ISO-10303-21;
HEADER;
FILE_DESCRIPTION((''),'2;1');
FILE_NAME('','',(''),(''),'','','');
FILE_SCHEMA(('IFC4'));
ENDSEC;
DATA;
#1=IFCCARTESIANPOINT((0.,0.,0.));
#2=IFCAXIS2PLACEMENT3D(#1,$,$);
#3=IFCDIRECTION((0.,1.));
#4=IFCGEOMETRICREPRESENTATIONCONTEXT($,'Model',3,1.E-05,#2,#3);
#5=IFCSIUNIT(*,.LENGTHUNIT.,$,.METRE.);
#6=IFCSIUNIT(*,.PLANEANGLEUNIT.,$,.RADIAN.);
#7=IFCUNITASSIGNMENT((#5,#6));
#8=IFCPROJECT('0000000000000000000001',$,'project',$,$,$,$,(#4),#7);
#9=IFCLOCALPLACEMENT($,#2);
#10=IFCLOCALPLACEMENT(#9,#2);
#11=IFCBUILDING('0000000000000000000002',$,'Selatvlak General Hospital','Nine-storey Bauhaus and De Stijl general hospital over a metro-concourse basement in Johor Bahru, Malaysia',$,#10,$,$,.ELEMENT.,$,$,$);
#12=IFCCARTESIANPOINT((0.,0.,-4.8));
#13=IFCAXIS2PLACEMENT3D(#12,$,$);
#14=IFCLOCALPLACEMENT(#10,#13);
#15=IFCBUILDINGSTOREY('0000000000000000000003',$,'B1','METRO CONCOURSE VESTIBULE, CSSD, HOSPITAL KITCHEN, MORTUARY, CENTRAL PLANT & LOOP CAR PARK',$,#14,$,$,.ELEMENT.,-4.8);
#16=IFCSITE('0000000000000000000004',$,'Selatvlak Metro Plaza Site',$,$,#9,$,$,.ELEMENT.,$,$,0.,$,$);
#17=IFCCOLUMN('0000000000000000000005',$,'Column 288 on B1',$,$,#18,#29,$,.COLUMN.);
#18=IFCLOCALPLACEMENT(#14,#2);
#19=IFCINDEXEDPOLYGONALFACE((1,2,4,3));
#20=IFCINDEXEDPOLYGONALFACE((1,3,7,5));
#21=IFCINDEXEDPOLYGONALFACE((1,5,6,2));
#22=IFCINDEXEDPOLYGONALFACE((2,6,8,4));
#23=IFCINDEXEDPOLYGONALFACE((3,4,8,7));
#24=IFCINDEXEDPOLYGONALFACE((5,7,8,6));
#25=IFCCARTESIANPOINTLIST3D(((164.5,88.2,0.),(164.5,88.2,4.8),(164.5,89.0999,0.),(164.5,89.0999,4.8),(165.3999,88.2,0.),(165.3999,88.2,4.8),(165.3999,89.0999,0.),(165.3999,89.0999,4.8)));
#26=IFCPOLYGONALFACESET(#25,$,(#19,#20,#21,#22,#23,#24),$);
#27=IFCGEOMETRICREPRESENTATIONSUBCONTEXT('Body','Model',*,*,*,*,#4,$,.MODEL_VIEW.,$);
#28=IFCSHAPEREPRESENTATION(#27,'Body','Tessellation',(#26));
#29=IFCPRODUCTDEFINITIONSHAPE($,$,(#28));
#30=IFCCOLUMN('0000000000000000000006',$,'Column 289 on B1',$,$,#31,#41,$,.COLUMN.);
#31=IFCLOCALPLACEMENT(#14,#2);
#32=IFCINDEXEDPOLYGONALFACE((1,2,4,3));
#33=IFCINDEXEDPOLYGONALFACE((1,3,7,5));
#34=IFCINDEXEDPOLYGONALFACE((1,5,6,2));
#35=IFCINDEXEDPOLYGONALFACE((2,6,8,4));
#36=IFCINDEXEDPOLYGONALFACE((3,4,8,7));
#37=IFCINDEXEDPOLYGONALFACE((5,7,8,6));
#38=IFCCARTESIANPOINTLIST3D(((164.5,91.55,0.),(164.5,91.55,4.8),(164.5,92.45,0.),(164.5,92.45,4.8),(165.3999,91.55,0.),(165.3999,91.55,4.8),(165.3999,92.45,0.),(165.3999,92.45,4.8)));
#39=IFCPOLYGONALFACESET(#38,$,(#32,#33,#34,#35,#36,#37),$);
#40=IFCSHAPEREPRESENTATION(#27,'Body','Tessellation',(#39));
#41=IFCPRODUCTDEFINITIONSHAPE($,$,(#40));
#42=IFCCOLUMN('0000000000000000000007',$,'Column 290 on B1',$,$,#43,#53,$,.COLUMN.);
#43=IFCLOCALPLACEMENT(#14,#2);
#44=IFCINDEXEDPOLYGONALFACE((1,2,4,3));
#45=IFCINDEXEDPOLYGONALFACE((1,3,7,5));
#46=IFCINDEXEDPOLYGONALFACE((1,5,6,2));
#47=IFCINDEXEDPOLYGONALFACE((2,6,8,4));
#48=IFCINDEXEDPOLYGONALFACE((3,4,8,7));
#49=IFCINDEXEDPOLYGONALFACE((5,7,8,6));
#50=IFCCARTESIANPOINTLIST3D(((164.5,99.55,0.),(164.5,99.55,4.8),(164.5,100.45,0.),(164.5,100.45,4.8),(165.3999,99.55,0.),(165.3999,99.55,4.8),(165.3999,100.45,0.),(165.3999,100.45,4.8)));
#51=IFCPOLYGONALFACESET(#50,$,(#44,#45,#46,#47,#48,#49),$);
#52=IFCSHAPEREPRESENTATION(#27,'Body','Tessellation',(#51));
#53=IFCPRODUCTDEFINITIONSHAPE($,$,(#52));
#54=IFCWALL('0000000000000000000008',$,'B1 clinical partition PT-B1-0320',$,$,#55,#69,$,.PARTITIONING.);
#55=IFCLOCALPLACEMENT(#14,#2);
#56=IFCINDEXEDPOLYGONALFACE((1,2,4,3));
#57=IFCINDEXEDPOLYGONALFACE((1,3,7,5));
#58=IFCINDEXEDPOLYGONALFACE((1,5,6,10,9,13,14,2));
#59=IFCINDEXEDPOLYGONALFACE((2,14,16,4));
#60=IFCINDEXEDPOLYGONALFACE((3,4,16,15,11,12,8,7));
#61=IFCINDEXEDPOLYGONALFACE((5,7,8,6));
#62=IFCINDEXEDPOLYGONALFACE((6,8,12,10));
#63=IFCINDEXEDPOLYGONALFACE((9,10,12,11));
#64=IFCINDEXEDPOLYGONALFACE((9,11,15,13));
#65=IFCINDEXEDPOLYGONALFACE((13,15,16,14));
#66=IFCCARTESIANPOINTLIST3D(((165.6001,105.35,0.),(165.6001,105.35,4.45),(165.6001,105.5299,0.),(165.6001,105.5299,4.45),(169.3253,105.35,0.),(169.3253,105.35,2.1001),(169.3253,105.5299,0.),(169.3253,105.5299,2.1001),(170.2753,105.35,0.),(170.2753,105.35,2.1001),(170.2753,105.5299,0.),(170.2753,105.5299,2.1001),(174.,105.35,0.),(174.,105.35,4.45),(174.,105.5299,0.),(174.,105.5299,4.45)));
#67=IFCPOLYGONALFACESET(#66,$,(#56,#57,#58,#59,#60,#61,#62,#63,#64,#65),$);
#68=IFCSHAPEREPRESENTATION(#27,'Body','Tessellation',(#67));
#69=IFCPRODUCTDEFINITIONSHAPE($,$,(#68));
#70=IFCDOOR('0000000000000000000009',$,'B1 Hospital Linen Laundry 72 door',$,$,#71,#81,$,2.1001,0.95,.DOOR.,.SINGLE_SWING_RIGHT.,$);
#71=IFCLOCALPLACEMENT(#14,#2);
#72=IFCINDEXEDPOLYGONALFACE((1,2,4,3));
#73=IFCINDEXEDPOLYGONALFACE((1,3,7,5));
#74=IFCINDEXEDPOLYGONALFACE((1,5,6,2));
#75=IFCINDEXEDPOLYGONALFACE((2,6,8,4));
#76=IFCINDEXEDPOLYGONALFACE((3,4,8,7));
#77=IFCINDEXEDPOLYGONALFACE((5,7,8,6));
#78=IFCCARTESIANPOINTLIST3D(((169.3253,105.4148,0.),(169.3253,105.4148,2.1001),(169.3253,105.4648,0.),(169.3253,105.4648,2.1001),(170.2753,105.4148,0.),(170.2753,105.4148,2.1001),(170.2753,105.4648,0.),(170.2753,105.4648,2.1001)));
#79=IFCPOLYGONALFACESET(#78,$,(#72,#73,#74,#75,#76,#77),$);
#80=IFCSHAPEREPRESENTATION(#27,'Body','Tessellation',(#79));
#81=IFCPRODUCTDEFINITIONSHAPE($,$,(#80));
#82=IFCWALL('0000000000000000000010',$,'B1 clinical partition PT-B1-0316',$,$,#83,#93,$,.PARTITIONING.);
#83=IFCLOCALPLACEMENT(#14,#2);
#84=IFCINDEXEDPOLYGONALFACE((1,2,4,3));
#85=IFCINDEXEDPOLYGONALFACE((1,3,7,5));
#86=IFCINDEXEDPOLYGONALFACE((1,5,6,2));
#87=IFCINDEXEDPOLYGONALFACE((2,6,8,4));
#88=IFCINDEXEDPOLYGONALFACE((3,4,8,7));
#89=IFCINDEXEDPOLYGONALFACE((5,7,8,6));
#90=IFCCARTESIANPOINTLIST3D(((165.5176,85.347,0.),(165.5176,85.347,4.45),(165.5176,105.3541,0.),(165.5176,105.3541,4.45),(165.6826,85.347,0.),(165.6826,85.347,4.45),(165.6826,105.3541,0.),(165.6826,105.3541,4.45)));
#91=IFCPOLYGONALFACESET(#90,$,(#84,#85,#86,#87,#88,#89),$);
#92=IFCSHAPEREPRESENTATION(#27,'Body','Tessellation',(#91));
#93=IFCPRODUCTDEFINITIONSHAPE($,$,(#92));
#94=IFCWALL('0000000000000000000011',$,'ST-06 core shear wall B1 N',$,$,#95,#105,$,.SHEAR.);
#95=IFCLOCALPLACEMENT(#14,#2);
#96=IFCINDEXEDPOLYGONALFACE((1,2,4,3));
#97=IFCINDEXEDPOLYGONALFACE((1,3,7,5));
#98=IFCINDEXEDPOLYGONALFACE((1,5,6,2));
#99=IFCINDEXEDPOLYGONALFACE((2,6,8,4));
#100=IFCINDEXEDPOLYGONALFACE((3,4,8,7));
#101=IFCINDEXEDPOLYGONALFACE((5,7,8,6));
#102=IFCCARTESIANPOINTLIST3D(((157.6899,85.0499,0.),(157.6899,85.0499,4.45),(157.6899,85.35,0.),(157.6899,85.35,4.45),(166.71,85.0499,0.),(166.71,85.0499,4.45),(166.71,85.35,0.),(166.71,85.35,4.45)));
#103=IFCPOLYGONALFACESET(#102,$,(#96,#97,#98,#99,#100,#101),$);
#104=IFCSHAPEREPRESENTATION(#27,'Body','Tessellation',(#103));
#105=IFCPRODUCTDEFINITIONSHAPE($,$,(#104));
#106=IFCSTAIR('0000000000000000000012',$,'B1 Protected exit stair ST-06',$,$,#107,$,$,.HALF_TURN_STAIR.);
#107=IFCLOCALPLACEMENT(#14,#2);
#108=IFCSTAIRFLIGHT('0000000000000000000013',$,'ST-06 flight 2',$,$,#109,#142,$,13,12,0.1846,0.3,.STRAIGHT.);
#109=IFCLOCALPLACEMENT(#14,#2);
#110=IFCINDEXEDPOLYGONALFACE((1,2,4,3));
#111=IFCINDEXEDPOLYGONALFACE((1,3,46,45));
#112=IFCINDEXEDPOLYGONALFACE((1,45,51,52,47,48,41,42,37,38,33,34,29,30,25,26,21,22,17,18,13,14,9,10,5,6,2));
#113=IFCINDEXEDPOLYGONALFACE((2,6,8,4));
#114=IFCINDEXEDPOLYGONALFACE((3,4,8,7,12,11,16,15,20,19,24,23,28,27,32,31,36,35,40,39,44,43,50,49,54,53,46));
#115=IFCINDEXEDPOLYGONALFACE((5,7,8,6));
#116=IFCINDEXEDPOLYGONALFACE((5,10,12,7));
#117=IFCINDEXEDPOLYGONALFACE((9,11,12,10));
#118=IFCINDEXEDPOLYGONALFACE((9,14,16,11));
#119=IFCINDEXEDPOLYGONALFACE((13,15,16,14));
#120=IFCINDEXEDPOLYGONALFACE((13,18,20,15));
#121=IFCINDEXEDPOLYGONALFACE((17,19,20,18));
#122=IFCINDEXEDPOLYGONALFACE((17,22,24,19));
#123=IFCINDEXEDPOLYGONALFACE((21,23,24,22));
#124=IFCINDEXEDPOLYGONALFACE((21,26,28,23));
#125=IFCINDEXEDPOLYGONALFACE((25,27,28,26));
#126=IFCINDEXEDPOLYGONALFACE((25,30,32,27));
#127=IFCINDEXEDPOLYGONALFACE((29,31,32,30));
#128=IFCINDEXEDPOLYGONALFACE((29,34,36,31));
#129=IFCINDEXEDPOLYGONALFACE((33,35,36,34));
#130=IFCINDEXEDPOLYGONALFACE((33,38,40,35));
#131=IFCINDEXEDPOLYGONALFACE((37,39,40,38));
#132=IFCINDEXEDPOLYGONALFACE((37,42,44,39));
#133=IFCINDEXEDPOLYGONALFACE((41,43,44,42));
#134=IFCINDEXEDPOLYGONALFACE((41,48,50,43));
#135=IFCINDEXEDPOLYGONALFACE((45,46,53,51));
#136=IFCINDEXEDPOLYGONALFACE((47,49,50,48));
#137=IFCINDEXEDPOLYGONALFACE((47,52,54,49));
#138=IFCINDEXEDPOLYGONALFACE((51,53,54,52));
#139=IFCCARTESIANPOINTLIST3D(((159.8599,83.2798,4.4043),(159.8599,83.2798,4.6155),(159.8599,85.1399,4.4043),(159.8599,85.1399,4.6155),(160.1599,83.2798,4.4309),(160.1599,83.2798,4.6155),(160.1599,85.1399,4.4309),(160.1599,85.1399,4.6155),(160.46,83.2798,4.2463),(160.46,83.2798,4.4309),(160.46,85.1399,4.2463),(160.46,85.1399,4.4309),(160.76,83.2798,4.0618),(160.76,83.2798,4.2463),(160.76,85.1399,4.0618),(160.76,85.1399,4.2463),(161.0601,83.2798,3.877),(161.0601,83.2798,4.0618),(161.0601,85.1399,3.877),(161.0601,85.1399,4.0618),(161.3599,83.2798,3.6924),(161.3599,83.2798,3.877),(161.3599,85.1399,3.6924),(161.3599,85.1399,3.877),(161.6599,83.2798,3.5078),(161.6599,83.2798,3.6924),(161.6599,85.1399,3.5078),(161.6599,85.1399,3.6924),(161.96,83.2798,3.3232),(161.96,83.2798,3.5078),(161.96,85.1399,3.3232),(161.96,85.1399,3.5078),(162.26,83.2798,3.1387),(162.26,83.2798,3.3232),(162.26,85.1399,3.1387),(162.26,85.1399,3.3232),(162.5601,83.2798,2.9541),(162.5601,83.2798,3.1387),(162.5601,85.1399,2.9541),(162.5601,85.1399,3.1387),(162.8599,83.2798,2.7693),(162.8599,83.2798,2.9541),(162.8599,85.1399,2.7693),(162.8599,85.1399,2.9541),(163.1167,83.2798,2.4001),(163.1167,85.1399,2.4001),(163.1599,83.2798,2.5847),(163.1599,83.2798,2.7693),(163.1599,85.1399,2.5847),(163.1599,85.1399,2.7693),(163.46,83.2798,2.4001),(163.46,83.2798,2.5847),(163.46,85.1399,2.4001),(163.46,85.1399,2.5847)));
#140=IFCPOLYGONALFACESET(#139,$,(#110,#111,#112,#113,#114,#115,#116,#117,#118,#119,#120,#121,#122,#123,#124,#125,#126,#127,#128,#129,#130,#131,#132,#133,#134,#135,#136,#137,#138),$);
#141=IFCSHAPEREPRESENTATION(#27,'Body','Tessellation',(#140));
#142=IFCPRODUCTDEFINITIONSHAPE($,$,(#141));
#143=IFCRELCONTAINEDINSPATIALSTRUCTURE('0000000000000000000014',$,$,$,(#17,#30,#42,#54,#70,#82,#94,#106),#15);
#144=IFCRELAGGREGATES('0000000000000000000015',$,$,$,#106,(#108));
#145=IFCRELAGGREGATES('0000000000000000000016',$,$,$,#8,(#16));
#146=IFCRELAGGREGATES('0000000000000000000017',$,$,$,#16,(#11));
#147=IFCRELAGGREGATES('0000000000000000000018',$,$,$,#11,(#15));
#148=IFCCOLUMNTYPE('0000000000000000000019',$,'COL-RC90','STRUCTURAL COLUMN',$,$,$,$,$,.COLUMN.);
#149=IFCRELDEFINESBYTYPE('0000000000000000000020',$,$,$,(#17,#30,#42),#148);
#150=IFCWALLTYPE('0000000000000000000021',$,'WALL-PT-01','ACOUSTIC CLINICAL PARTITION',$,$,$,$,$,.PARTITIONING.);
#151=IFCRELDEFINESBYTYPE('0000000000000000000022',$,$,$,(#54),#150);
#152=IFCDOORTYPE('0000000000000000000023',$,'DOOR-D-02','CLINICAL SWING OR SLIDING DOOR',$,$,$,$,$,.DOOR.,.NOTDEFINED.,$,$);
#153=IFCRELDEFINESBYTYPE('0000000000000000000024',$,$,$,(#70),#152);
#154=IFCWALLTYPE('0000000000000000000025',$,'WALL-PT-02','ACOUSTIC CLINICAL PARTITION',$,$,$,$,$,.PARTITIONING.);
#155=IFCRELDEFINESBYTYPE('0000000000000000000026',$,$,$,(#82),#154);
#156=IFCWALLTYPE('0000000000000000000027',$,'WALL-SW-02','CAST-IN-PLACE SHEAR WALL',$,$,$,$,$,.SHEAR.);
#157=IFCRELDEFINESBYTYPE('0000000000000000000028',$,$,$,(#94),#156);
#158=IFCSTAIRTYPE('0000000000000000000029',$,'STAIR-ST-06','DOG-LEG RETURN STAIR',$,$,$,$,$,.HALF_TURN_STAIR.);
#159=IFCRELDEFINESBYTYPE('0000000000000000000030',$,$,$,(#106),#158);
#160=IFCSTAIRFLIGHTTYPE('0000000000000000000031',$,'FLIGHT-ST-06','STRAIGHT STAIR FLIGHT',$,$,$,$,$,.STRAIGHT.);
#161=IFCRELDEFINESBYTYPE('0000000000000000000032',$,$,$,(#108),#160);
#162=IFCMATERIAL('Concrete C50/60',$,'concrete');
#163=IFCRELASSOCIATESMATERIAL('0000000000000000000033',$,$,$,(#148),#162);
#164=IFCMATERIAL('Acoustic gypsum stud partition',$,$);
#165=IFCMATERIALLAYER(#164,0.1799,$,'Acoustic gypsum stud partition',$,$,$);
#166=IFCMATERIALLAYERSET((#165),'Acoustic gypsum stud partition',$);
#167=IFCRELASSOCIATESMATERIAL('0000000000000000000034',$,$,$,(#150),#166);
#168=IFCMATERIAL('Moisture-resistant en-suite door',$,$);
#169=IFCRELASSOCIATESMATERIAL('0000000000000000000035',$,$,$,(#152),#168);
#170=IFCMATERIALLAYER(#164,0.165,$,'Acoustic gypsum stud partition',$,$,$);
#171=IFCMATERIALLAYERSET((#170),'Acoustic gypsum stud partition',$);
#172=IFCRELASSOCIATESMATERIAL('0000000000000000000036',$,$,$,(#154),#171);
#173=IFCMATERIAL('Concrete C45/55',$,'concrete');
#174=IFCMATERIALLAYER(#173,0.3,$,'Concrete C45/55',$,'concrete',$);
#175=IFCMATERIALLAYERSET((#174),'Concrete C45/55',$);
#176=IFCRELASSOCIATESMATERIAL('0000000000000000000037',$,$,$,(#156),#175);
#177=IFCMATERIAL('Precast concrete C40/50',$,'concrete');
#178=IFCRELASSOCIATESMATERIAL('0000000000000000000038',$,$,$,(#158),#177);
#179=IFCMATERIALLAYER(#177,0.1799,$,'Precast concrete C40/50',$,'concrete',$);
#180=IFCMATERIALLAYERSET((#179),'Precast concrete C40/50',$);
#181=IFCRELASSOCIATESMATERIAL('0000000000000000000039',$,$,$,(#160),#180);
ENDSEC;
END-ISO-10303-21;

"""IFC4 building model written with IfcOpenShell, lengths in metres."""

from ifc_helpers import new_model, si_unit, direction, frame, frame_2d, origin, origin_2d, place, context, subcontext, project, spatial, polyline, rectangle, outline, extrude, material, layer, layer_set, material_profile, profile_set, type_object, element, fill, aggregate, save


model = new_model("IFC4")

# Units and contexts
model_context = context("Model", 3, precision=1e-05, world=origin(), true_north=direction((0.0, 1.0)))
body_context = subcontext(model_context, "Body", "Model", "MODEL_VIEW")
ifc_project = project(units=[si_unit("LENGTHUNIT", "METRE"), si_unit("PLANEANGLEUNIT", "RADIAN")], contexts=[model_context])

# Site, building, storey
site_placement = place(None, origin())
site = spatial("IfcSite", under=ifc_project, at=site_placement, Name="Selatvlak Metro Plaza Site", CompositionType="ELEMENT", RefElevation=0.0)
building_placement = place(site_placement, origin())
building = spatial("IfcBuilding", under=site, at=building_placement, Name="Selatvlak General Hospital", Description="Nine-storey Bauhaus and De Stijl general hospital over a metro-concourse basement in Johor Bahru, Malaysia", CompositionType="ELEMENT")
storey_placement = place(building_placement, frame((0.0, 0.0, -4.8)))
storey = spatial("IfcBuildingStorey", under=building, at=storey_placement, Name="B1", Description="METRO CONCOURSE VESTIBULE, CSSD, HOSPITAL KITCHEN, MORTUARY, CENTRAL PLANT & LOOP CAR PARK", CompositionType="ELEMENT", Elevation=-4.8)

# Columns
ifc_material_1 = material(Name="Concrete C50/60", Category="concrete")
ifc_material_profile_1 = material_profile(ifc_material_1, rectangle(XDim=0.8999, YDim=0.8999, at=origin_2d()), Name="RC-COL 900x900")
ifc_profile_set_1 = profile_set([ifc_material_profile_1], Name="Concrete C50/60")
column_type = type_object("IfcColumnType", Name="COL-RC90", Description="STRUCTURAL COLUMN", PredefinedType="COLUMN", material=ifc_profile_set_1)
for number, where, z_axis, x_axis, name in (
    (1, (164.95, 88.6499, 0.0), (0.0, 0.0, 1.0), (1.0, 0.0, 0.0), "Column 288 on B1"),
    (2, (164.95, 92.0, 0.0), (0.0, 0.0, 1.0), (1.0, 0.0, 0.0), "Column 289 on B1"),
    (3, (164.95, 100.0, 0.0), (0.0, 0.0, 1.0), (1.0, 0.0, 0.0), "Column 290 on B1"),
):
    element("IfcColumn", number, at=place(storey_placement, frame(where, z_axis=z_axis, x_axis=x_axis)), inside=storey, type_object=column_type, Name=name, PredefinedType="COLUMN", context=body_context, shape_type="SweptSolid", body=[
        extrude(rectangle(XDim=0.8999, YDim=0.8999, at=origin_2d()), origin(), (0.0, 0.0, 1.0), 4.8),
    ])

# Wall, opening, door
ifc_material_2 = material(Name="Acoustic gypsum stud partition")
ifc_layer_1 = layer(ifc_material_2, 0.1799, Name="Acoustic gypsum stud partition")
ifc_layer_set_1 = layer_set([ifc_layer_1], Name="Acoustic gypsum stud partition")
wall_type_1 = type_object("IfcWallType", Name="WALL-PT-01", Description="ACOUSTIC CLINICAL PARTITION", PredefinedType="PARTITIONING", material=ifc_layer_set_1)
wall_1_placement = place(storey_placement, frame((165.6001, 105.4399, 0.0), z_axis=(0.0, 0.0, 1.0), x_axis=(1.0, 0.0, 0.0)))
wall_1 = element("IfcWall", 4, at=wall_1_placement, inside=storey, type_object=wall_type_1, Name="B1 clinical partition PT-B1-0320", PredefinedType="PARTITIONING", context=body_context, shape_type="SweptSolid", body=[
    extrude(rectangle(XDim=8.3999, YDim=0.1799, at=frame_2d((4.2, 0.0))), origin(), (0.0, 0.0, 1.0), 4.45),
])
opening_1_placement = place(wall_1_placement, frame((3.7251, 0.0, 0.0)))
opening_1 = element("IfcOpeningElement", 5, at=opening_1_placement, cuts=wall_1, PredefinedType="OPENING", context=body_context, shape_type="SweptSolid", body=[
    extrude(rectangle(XDim=0.95, YDim=2.1001, at=frame_2d((0.4751, 1.05))), frame((0.0, 0.0999, 0.0), z_axis=(0.0, -1.0, 0.0), x_axis=(1.0, 0.0, 0.0)), (0.0, 0.0, 1.0), 0.2),
])
ifc_material_3 = material(Name="Moisture-resistant en-suite door")
door_type_1 = type_object("IfcDoorType", Name="DOOR-D-02", Description="CLINICAL SWING OR SLIDING DOOR", OperationType="NOTDEFINED", PredefinedType="DOOR", material=ifc_material_3)
door_1_placement = place(opening_1_placement, origin())
door_1 = element("IfcDoor", 6, at=door_1_placement, inside=storey, type_object=door_type_1, Name="B1 Hospital Linen Laundry 72 door", OperationType="SINGLE_SWING_RIGHT", OverallHeight=2.1001, OverallWidth=0.95, PredefinedType="DOOR", context=body_context, shape_type="SweptSolid", body=[
    extrude(rectangle(XDim=0.95, YDim=2.1001, at=frame_2d((0.4751, 1.05))), frame((0.0, 0.0249, 0.0), z_axis=(0.0, -1.0, 0.0), x_axis=(1.0, 0.0, 0.0)), (0.0, 0.0, 1.0), 0.05),
])
fill(opening_1, door_1)

# Walls
ifc_layer_2 = layer(ifc_material_2, 0.165, Name="Acoustic gypsum stud partition")
ifc_layer_set_2 = layer_set([ifc_layer_2], Name="Acoustic gypsum stud partition")
wall_type_2 = type_object("IfcWallType", Name="WALL-PT-02", Description="ACOUSTIC CLINICAL PARTITION", PredefinedType="PARTITIONING", material=ifc_layer_set_2)
wall_2_placement = place(storey_placement, frame((165.6001, 105.354, 0.0), z_axis=(0.0, 0.0, 1.0), x_axis=(0.0, -1.0, 0.0)))
element("IfcWall", 7, at=wall_2_placement, inside=storey, type_object=wall_type_2, Name="B1 clinical partition PT-B1-0316", PredefinedType="PARTITIONING", context=body_context, shape_type="SweptSolid", body=[
    extrude(rectangle(XDim=20.0071, YDim=0.165, at=frame_2d((10.0034, 0.0))), origin(), (0.0, 0.0, 1.0), 4.45),
])
ifc_material_4 = material(Name="Concrete C45/55", Category="concrete")
ifc_layer_3 = layer(ifc_material_4, 0.3, Name="Concrete C45/55", Category="concrete")
ifc_layer_set_3 = layer_set([ifc_layer_3], Name="Concrete C45/55")
wall_type_3 = type_object("IfcWallType", Name="WALL-SW-02", Description="CAST-IN-PLACE SHEAR WALL", PredefinedType="SHEAR", material=ifc_layer_set_3)
wall_3_placement = place(storey_placement, frame((166.71, 85.2, 0.0), z_axis=(0.0, 0.0, 1.0), x_axis=(-1.0, 0.0, 0.0)))
element("IfcWall", 8, at=wall_3_placement, inside=storey, type_object=wall_type_3, Name="ST-06 core shear wall B1 N", PredefinedType="SHEAR", context=body_context, shape_type="SweptSolid", body=[
    extrude(rectangle(XDim=9.02, YDim=0.3, at=frame_2d((4.51, 0.0))), origin(), (0.0, 0.0, 1.0), 4.45),
])

# Stair, stair flight
ifc_material_5 = material(Name="Precast concrete C40/50", Category="concrete")
stair_type = type_object("IfcStairType", Name="STAIR-ST-06", Description="DOG-LEG RETURN STAIR", PredefinedType="HALF_TURN_STAIR", material=ifc_material_5)
stair_placement = place(storey_placement, origin())
stair = element("IfcStair", 9, at=stair_placement, inside=storey, type_object=stair_type, Name="B1 Protected exit stair ST-06", PredefinedType="HALF_TURN_STAIR")
ifc_layer_4 = layer(ifc_material_5, 0.1799, Name="Precast concrete C40/50", Category="concrete")
ifc_layer_set_4 = layer_set([ifc_layer_4], Name="Precast concrete C40/50")
stair_flight_type = type_object("IfcStairFlightType", Name="FLIGHT-ST-06", Description="STRAIGHT STAIR FLIGHT", PredefinedType="STRAIGHT", material=ifc_layer_set_4)
stair_flight_placement = place(storey_placement, frame((163.46, 84.21, 2.4001), z_axis=(0.0, 0.0, 1.0), x_axis=(-1.0, 0.0, 0.0)))
stair_flight = element("IfcStairFlight", 10, at=stair_flight_placement, type_object=stair_flight_type, Name="ST-06 flight 2", NumberOfRisers=13, NumberOfTreads=12, PredefinedType="STRAIGHT", RiserHeight=0.1846, TreadLength=0.3, context=body_context, shape_type="SweptSolid", body=[
    extrude(outline(polyline([(0.0, 0.0), (0.0, 0.1846), (0.3, 0.1846), (0.3, 0.3691), (0.6001, 0.3691), (0.6001, 0.554), (0.8999, 0.554), (0.8999, 0.7385), (1.2, 0.7385), (1.2, 0.9231), (1.5, 0.9231), (1.5, 1.1077), (1.8, 1.1077), (1.8, 1.2922), (2.1001, 1.2922), (2.1001, 1.4768), (2.3999, 1.4768), (2.3999, 1.6616), (2.7, 1.6616), (2.7, 1.8462), (3.0, 1.8462), (3.0, 2.0308), (3.3, 2.0308), (3.3, 2.2153), (3.6001, 2.2153), (3.6001, 2.3999), (3.6001, 2.0042), (0.3433, 0.0), (0.0, 0.0)])), frame((0.0, 0.9302, 0.0), z_axis=(0.0, -1.0, 0.0), x_axis=(1.0, 0.0, 0.0)), (0.0, 0.0, 1.0), 1.8601),
])
aggregate(stair, [stair_flight])

save(model, "model.ifc")
